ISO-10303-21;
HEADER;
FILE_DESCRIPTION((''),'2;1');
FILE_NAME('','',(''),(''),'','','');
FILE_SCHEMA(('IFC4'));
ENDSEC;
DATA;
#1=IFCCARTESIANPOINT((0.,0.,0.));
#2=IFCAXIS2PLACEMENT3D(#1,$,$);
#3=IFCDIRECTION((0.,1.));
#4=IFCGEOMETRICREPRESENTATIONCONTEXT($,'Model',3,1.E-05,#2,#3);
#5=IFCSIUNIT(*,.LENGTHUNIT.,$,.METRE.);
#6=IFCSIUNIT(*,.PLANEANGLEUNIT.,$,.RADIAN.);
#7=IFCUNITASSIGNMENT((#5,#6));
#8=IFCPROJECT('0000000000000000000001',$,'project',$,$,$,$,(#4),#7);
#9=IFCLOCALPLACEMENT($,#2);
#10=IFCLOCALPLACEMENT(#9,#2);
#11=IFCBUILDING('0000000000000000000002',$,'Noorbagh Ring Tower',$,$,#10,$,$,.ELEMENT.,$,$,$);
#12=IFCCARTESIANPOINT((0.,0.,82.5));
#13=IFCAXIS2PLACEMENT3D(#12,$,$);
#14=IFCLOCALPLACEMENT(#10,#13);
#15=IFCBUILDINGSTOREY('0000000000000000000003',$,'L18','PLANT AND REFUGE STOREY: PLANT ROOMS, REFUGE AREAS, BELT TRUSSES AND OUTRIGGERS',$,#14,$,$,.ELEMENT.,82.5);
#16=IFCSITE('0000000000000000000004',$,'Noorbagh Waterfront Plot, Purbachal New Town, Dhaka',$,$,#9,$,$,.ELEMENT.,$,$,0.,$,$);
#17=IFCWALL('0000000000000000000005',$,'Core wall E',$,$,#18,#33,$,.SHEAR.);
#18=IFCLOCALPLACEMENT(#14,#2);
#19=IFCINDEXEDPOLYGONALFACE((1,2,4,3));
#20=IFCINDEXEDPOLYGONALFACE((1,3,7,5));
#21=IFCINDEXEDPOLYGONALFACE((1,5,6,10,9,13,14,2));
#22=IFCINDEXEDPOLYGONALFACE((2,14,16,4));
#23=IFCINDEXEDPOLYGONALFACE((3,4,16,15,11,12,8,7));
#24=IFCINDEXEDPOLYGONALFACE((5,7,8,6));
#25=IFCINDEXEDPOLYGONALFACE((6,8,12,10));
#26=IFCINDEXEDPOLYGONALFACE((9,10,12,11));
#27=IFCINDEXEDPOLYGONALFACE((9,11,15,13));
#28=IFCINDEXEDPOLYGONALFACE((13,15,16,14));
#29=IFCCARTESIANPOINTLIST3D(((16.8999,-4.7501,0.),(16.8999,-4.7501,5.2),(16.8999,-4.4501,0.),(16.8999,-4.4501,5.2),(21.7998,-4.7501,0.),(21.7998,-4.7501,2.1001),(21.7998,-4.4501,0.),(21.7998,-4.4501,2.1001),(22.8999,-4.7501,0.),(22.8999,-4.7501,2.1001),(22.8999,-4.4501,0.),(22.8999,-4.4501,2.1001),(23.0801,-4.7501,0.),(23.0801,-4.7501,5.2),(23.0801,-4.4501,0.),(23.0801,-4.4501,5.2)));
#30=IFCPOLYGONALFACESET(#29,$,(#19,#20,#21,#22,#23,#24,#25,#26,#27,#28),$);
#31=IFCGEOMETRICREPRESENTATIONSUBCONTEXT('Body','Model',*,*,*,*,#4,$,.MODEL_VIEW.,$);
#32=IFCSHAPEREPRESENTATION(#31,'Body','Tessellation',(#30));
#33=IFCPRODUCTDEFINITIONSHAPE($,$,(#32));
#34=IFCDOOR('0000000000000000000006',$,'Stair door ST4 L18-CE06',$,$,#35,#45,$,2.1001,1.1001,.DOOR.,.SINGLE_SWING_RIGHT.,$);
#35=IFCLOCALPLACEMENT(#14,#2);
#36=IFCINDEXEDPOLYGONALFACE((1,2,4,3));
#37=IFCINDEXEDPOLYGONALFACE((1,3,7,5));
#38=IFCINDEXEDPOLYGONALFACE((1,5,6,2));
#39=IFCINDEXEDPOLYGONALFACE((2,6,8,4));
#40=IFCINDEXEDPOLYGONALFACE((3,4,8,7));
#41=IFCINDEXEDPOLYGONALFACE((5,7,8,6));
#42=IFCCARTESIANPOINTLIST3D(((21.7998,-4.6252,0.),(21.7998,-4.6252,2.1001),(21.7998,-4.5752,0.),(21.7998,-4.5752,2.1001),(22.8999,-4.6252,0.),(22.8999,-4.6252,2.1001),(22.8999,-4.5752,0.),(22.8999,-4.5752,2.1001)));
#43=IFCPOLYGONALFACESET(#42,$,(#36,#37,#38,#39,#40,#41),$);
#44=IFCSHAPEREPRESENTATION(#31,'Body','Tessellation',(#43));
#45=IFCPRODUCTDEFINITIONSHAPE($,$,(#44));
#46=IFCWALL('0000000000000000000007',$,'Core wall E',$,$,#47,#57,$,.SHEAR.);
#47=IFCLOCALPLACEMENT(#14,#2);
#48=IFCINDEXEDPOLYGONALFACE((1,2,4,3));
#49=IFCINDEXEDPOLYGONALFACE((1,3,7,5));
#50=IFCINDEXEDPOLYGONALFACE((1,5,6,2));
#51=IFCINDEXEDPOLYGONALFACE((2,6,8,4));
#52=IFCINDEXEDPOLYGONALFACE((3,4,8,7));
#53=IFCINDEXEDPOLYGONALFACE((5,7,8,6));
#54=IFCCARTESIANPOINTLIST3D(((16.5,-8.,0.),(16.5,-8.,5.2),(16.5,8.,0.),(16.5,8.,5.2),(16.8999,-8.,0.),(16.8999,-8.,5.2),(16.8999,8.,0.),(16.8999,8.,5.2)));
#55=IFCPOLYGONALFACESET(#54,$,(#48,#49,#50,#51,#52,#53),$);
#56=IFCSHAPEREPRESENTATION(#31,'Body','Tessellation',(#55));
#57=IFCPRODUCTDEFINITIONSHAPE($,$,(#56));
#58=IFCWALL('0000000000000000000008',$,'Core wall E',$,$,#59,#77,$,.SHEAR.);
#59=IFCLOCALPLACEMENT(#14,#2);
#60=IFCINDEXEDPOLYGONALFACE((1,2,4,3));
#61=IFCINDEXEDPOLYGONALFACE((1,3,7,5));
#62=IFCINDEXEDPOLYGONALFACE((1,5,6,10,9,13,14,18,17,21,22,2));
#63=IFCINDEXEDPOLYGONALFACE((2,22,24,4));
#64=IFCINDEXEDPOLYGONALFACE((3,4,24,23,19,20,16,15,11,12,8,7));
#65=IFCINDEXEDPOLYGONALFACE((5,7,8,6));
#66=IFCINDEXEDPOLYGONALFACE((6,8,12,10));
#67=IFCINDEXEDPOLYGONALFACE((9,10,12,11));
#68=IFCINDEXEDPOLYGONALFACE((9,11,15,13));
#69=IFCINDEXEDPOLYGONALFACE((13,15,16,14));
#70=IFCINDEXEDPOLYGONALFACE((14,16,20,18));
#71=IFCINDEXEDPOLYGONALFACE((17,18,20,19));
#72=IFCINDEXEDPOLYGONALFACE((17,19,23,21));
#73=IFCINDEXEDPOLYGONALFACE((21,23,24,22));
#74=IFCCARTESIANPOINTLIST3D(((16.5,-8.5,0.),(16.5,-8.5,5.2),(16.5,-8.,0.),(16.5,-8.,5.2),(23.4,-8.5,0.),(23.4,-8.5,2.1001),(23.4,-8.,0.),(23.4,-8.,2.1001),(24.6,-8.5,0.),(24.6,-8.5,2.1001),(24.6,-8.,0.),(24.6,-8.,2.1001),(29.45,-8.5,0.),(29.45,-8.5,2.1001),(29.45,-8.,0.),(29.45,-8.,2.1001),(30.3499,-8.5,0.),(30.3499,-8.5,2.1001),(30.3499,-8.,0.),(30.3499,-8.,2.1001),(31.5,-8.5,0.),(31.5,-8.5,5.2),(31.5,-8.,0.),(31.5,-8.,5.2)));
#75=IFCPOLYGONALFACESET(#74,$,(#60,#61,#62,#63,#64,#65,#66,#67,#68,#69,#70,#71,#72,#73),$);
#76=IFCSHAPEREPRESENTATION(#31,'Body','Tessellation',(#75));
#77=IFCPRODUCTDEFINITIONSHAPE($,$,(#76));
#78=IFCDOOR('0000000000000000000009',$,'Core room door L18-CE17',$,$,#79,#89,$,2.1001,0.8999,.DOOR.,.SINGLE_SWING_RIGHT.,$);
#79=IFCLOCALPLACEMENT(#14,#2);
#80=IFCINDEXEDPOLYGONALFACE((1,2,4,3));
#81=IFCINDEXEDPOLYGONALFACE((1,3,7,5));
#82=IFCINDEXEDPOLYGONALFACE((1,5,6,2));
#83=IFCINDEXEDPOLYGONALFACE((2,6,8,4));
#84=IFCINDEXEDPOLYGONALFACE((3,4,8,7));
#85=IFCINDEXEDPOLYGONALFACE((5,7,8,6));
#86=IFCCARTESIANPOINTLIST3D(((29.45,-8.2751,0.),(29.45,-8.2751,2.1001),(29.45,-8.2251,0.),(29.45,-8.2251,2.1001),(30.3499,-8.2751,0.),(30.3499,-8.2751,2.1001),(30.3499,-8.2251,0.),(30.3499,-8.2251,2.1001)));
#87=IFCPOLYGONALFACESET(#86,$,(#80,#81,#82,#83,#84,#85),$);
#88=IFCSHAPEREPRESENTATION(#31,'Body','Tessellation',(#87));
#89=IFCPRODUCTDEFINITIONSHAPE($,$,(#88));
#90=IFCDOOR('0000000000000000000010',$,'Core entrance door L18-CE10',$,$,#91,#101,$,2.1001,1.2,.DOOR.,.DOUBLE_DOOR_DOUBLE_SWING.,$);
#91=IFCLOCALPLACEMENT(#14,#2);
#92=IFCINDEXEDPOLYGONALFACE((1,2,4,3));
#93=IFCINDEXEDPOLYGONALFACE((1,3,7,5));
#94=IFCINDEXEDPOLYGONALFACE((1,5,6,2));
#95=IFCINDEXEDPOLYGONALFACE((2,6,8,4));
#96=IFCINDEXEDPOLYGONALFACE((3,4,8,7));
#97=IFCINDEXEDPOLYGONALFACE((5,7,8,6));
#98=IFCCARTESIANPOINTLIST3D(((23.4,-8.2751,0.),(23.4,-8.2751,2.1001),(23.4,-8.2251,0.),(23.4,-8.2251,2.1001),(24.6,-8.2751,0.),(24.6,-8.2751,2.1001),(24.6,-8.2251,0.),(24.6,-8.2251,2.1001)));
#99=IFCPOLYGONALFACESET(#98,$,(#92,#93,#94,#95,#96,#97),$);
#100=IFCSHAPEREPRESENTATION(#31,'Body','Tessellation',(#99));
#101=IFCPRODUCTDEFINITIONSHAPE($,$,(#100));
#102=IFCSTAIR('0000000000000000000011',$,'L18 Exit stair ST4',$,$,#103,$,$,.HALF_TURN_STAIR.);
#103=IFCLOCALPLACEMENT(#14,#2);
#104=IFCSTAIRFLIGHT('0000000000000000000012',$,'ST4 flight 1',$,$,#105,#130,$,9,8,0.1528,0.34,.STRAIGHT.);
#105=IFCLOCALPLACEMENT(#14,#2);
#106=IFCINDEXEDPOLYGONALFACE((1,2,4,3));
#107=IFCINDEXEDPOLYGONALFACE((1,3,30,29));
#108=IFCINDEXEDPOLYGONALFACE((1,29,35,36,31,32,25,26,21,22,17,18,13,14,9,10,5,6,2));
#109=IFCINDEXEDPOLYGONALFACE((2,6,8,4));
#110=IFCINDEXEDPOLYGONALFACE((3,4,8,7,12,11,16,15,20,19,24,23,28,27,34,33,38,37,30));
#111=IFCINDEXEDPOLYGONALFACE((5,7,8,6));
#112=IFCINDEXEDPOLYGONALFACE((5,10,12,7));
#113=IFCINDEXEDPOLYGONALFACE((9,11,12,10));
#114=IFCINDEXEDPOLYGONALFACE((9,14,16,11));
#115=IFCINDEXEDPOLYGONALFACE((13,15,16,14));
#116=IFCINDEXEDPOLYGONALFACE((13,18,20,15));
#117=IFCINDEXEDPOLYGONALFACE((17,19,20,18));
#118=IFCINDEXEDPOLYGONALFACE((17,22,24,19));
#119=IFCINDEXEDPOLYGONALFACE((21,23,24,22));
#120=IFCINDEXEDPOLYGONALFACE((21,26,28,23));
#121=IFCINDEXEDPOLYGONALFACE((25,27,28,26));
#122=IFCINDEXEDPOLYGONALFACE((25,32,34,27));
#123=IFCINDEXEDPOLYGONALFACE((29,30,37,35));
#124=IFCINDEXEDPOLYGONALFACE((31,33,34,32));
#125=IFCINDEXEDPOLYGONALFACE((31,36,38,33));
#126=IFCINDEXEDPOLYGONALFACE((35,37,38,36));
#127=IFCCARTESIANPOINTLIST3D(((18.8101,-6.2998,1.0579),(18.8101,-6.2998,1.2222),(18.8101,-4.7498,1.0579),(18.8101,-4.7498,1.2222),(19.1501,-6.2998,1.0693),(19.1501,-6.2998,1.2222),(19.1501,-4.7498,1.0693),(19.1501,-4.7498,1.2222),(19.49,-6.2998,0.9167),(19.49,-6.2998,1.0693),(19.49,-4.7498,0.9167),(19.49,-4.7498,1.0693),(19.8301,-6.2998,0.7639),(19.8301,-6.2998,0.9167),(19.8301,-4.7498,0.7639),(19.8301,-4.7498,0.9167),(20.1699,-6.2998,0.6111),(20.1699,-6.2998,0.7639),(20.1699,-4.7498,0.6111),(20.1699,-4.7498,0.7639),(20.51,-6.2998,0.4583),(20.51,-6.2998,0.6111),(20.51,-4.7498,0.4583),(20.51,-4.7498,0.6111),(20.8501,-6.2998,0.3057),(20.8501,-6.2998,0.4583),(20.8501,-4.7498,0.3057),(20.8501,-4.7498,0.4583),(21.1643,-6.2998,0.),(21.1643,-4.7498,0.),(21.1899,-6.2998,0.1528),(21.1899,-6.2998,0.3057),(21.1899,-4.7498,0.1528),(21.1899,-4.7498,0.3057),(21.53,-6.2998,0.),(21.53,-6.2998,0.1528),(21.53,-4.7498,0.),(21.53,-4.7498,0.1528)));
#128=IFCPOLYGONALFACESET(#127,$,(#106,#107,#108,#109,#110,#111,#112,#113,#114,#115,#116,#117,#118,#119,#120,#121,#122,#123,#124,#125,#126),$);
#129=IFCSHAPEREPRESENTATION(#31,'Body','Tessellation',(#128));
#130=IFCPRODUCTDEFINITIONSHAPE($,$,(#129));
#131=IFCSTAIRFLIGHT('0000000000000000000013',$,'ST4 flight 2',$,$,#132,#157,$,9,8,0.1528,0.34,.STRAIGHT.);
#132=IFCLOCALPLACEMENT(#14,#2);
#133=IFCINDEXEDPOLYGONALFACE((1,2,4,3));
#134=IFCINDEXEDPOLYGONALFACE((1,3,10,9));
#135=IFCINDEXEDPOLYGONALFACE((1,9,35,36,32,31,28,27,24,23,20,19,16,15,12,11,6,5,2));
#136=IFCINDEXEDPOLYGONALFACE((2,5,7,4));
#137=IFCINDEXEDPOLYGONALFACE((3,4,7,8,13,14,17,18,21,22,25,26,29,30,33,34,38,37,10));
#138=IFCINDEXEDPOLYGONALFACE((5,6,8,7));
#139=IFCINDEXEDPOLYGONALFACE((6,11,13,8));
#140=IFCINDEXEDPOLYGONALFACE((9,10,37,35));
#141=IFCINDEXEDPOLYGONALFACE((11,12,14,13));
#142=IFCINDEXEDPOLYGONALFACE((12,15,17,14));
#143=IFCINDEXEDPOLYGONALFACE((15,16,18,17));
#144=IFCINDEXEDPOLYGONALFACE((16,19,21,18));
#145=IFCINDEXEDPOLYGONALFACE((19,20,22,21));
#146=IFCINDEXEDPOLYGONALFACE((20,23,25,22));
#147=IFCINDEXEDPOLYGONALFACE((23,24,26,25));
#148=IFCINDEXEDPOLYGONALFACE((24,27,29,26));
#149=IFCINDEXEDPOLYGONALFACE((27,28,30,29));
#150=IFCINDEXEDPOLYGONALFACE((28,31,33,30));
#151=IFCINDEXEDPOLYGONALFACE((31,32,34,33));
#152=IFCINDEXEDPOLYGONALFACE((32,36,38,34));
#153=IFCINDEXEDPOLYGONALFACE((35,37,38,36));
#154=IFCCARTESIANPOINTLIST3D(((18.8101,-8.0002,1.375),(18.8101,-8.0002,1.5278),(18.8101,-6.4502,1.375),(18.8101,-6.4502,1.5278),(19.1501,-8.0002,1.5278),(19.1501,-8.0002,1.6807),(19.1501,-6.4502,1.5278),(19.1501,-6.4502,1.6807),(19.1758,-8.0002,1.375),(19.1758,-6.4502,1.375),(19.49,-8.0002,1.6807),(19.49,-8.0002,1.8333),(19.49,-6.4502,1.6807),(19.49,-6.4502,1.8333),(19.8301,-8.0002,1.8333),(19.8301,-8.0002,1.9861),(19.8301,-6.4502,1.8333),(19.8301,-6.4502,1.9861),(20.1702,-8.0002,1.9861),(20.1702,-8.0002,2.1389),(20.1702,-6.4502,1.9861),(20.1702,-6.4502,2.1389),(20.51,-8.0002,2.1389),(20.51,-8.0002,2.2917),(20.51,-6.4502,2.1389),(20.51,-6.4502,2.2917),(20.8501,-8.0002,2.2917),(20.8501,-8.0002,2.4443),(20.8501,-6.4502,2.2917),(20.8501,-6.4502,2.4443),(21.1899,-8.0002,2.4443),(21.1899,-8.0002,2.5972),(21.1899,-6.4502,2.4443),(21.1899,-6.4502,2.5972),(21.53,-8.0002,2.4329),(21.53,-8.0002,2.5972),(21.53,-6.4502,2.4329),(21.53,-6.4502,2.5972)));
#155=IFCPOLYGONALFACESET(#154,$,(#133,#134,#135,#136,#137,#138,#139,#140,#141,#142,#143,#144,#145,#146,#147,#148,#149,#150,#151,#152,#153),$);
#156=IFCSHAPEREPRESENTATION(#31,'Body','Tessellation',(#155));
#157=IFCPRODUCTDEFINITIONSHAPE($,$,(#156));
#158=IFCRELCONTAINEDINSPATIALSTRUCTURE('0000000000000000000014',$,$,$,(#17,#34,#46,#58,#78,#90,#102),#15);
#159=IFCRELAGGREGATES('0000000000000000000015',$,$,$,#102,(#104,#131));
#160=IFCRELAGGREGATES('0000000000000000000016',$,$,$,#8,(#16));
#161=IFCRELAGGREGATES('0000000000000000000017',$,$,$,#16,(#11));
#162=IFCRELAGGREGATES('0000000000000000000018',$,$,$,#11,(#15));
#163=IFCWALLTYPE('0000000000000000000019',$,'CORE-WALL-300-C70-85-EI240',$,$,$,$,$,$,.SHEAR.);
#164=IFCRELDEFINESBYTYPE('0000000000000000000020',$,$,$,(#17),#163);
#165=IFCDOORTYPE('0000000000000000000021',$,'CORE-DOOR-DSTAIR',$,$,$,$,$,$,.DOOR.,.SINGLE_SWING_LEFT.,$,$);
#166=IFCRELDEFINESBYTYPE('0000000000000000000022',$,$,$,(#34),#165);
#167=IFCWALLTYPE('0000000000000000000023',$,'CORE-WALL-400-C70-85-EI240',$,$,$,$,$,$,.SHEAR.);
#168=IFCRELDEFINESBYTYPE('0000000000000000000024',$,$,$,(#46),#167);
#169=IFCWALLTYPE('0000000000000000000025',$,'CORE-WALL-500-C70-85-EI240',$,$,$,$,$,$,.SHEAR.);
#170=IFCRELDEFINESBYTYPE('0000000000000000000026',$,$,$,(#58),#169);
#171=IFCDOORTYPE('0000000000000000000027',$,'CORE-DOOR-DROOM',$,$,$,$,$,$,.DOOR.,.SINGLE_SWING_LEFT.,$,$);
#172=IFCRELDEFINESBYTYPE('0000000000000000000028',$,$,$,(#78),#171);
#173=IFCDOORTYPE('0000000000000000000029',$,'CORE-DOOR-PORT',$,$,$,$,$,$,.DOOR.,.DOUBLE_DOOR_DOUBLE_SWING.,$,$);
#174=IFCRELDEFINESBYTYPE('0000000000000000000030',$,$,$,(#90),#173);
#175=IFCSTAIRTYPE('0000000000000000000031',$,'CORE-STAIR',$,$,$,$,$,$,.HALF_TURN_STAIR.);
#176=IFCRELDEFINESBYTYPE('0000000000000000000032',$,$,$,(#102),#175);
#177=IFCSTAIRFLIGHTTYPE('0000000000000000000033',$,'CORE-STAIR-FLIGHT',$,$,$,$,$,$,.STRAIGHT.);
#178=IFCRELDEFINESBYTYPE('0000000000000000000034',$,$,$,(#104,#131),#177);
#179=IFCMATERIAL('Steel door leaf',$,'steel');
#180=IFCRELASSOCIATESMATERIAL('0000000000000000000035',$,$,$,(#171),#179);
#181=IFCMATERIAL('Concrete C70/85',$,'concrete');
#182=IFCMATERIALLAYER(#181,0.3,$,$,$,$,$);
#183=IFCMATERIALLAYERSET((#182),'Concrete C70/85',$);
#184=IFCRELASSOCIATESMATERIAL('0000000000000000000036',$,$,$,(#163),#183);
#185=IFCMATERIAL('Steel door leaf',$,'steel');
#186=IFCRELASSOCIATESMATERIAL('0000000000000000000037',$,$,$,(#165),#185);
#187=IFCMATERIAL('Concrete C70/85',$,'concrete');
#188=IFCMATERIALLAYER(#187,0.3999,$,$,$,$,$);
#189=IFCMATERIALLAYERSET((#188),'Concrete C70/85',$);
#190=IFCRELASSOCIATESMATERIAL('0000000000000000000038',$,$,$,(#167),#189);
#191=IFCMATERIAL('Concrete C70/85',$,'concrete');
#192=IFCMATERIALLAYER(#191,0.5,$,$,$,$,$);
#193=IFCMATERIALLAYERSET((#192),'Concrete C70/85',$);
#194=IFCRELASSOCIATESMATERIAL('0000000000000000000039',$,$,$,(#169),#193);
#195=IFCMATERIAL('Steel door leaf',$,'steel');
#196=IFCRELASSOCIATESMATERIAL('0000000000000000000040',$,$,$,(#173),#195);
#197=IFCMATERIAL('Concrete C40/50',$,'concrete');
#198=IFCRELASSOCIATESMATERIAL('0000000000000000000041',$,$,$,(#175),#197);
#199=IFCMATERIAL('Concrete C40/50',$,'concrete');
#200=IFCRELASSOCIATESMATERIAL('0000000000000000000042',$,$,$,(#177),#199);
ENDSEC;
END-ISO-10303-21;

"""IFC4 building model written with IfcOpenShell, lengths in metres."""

from ifc_helpers import new_model, si_unit, direction, frame, frame_2d, origin, place, context, subcontext, project, spatial, polyline, rectangle, outline, extrude, material, layer, layer_set, type_object, element, fill, aggregate, save


model = new_model("IFC4")

# Units and contexts
model_context = context("Model", 3, precision=1e-05, world=origin(), true_north=direction((0.0, 1.0)))
body_context = subcontext(model_context, "Body", "Model", "MODEL_VIEW")
ifc_project = project(units=[si_unit("LENGTHUNIT", "METRE"), si_unit("PLANEANGLEUNIT", "RADIAN")], contexts=[model_context])

# Site, building, storey
site_placement = place(None, origin())
site = spatial("IfcSite", under=ifc_project, at=site_placement, Name="Noorbagh Waterfront Plot, Purbachal New Town, Dhaka", CompositionType="ELEMENT", RefElevation=0.0)
building_placement = place(site_placement, origin())
building = spatial("IfcBuilding", under=site, at=building_placement, Name="Noorbagh Ring Tower", CompositionType="ELEMENT")
storey_placement = place(building_placement, frame((0.0, 0.0, 82.5)))
storey = spatial("IfcBuildingStorey", under=building, at=storey_placement, Name="L18", Description="PLANT AND REFUGE STOREY: PLANT ROOMS, REFUGE AREAS, BELT TRUSSES AND OUTRIGGERS", CompositionType="ELEMENT", Elevation=82.5)

# Shared definitions
ifc_material_1 = material(Name="Steel door leaf", Category="steel")
door_type_1 = type_object("IfcDoorType", Name="CORE-DOOR-DROOM", OperationType="SINGLE_SWING_LEFT", PredefinedType="DOOR", material=ifc_material_1)

# Wall, opening, door
ifc_material_2 = material(Name="Concrete C70/85", Category="concrete")
ifc_layer_1 = layer(ifc_material_2, 0.3)
ifc_layer_set_1 = layer_set([ifc_layer_1], Name="Concrete C70/85")
wall_type_1 = type_object("IfcWallType", Name="CORE-WALL-300-C70-85-EI240", PredefinedType="SHEAR", material=ifc_layer_set_1)
wall_1_placement = place(storey_placement, frame((16.8999, -4.6001, 0.0), z_axis=(0.0, 0.0, 1.0), x_axis=(1.0, 0.0, 0.0)))
wall_1 = element("IfcWall", 1, at=wall_1_placement, inside=storey, type_object=wall_type_1, Name="Core wall E", PredefinedType="SHEAR", context=body_context, shape_type="SweptSolid", body=[
    extrude(rectangle(XDim=6.1802, YDim=0.3, at=frame_2d((3.0901, 0.0))), origin(), (0.0, 0.0, 1.0), 5.2),
])
opening_1_placement = place(wall_1_placement, frame((4.8999, 0.0, 0.0)))
opening_1 = element("IfcOpeningElement", 2, at=opening_1_placement, cuts=wall_1, PredefinedType="OPENING", context=body_context, shape_type="SweptSolid", body=[
    extrude(rectangle(XDim=1.1001, YDim=2.1001, at=frame_2d((0.55, 1.05))), frame((0.0, 0.1602, 0.0), z_axis=(0.0, -1.0, 0.0), x_axis=(1.0, 0.0, 0.0)), (0.0, 0.0, 1.0), 0.3201),
])
ifc_material_3 = material(Name="Steel door leaf", Category="steel")
door_type_2 = type_object("IfcDoorType", Name="CORE-DOOR-DSTAIR", OperationType="SINGLE_SWING_LEFT", PredefinedType="DOOR", material=ifc_material_3)
door_1_placement = place(opening_1_placement, origin())
door_1 = element("IfcDoor", 3, at=door_1_placement, inside=storey, type_object=door_type_2, Name="Stair door ST4 L18-CE06", OperationType="SINGLE_SWING_RIGHT", OverallHeight=2.1001, OverallWidth=1.1001, PredefinedType="DOOR", context=body_context, shape_type="SweptSolid", body=[
    extrude(rectangle(XDim=1.1001, YDim=2.1001, at=frame_2d((0.55, 1.05))), frame((0.0, 0.0249, 0.0), z_axis=(0.0, -1.0, 0.0), x_axis=(1.0, 0.0, 0.0)), (0.0, 0.0, 1.0), 0.05),
])
fill(opening_1, door_1)

# Wall
ifc_material_4 = material(Name="Concrete C70/85", Category="concrete")
ifc_layer_2 = layer(ifc_material_4, 0.3999)
ifc_layer_set_2 = layer_set([ifc_layer_2], Name="Concrete C70/85")
wall_type_2 = type_object("IfcWallType", Name="CORE-WALL-400-C70-85-EI240", PredefinedType="SHEAR", material=ifc_layer_set_2)
wall_2_placement = place(storey_placement, frame((16.7, -8.0, 0.0), z_axis=(0.0, 0.0, 1.0), x_axis=(0.0, 1.0, 0.0)))
element("IfcWall", 4, at=wall_2_placement, inside=storey, type_object=wall_type_2, Name="Core wall E", PredefinedType="SHEAR", context=body_context, shape_type="SweptSolid", body=[
    extrude(rectangle(XDim=16.0, YDim=0.3999, at=frame_2d((8.0, 0.0))), origin(), (0.0, 0.0, 1.0), 5.2),
])

# Wall, openings, doors
ifc_material_5 = material(Name="Concrete C70/85", Category="concrete")
ifc_layer_3 = layer(ifc_material_5, 0.5)
ifc_layer_set_3 = layer_set([ifc_layer_3], Name="Concrete C70/85")
wall_type_3 = type_object("IfcWallType", Name="CORE-WALL-500-C70-85-EI240", PredefinedType="SHEAR", material=ifc_layer_set_3)
wall_3_placement = place(storey_placement, frame((16.5, -8.25, 0.0), z_axis=(0.0, 0.0, 1.0), x_axis=(1.0, 0.0, 0.0)))
wall_3 = element("IfcWall", 5, at=wall_3_placement, inside=storey, type_object=wall_type_3, Name="Core wall E", PredefinedType="SHEAR", context=body_context, shape_type="SweptSolid", body=[
    extrude(rectangle(XDim=15.0, YDim=0.5, at=frame_2d((7.5, 0.0))), origin(), (0.0, 0.0, 1.0), 5.2),
])
opening_2_placement = place(wall_3_placement, frame((6.8999, 0.0, 0.0)))
opening_2 = element("IfcOpeningElement", 6, at=opening_2_placement, cuts=wall_3, PredefinedType="OPENING", context=body_context, shape_type="SweptSolid", body=[
    extrude(rectangle(XDim=1.2, YDim=2.1001, at=frame_2d((0.6001, 1.05))), frame((0.0, 0.26, 0.0), z_axis=(0.0, -1.0, 0.0), x_axis=(1.0, 0.0, 0.0)), (0.0, 0.0, 1.0), 0.52),
])
opening_3_placement = place(wall_3_placement, frame((12.95, 0.0, 0.0)))
opening_3 = element("IfcOpeningElement", 7, at=opening_3_placement, cuts=wall_3, PredefinedType="OPENING", context=body_context, shape_type="SweptSolid", body=[
    extrude(rectangle(XDim=0.8999, YDim=2.1001, at=frame_2d((0.45, 1.05))), frame((0.0, 0.26, 0.0), z_axis=(0.0, -1.0, 0.0), x_axis=(1.0, 0.0, 0.0)), (0.0, 0.0, 1.0), 0.52),
])
door_2_placement = place(opening_3_placement, origin())
door_2 = element("IfcDoor", 8, at=door_2_placement, inside=storey, type_object=door_type_1, Name="Core room door L18-CE17", OperationType="SINGLE_SWING_RIGHT", OverallHeight=2.1001, OverallWidth=0.8999, PredefinedType="DOOR", context=body_context, shape_type="SweptSolid", body=[
    extrude(rectangle(XDim=0.8999, YDim=2.1001, at=frame_2d((0.45, 1.05))), frame((0.0, 0.0249, 0.0), z_axis=(0.0, -1.0, 0.0), x_axis=(1.0, 0.0, 0.0)), (0.0, 0.0, 1.0), 0.05),
])
fill(opening_3, door_2)
ifc_material_6 = material(Name="Steel door leaf", Category="steel")
door_type_3 = type_object("IfcDoorType", Name="CORE-DOOR-PORT", OperationType="DOUBLE_DOOR_DOUBLE_SWING", PredefinedType="DOOR", material=ifc_material_6)
door_3_placement = place(opening_2_placement, origin())
door_3 = element("IfcDoor", 9, at=door_3_placement, inside=storey, type_object=door_type_3, Name="Core entrance door L18-CE10", OperationType="DOUBLE_DOOR_DOUBLE_SWING", OverallHeight=2.1001, OverallWidth=1.2, PredefinedType="DOOR", context=body_context, shape_type="SweptSolid", body=[
    extrude(rectangle(XDim=1.2, YDim=2.1001, at=frame_2d((0.6001, 1.05))), frame((0.0, 0.0249, 0.0), z_axis=(0.0, -1.0, 0.0), x_axis=(1.0, 0.0, 0.0)), (0.0, 0.0, 1.0), 0.05),
])
fill(opening_2, door_3)

# Stair, stair flights
ifc_material_7 = material(Name="Concrete C40/50", Category="concrete")
stair_type = type_object("IfcStairType", Name="CORE-STAIR", PredefinedType="HALF_TURN_STAIR", material=ifc_material_7)
stair_placement = place(storey_placement, origin())
stair = element("IfcStair", 10, at=stair_placement, inside=storey, type_object=stair_type, Name="L18 Exit stair ST4", PredefinedType="HALF_TURN_STAIR")
ifc_material_8 = material(Name="Concrete C40/50", Category="concrete")
stair_flight_type = type_object("IfcStairFlightType", Name="CORE-STAIR-FLIGHT", PredefinedType="STRAIGHT", material=ifc_material_8)
stair_flight_1_placement = place(storey_placement, frame((21.53, -5.5249, 0.0), z_axis=(0.0, 0.0, 1.0), x_axis=(-1.0, 0.0, 0.0)))
stair_flight_1 = element("IfcStairFlight", 11, at=stair_flight_1_placement, type_object=stair_flight_type, Name="ST4 flight 1", NumberOfRisers=9, NumberOfTreads=8, PredefinedType="STRAIGHT", RiserHeight=0.1528, TreadLength=0.34, context=body_context, shape_type="SweptSolid", body=[
    extrude(outline(polyline([(0.0, 0.0), (0.0, 0.1528), (0.3401, 0.1528), (0.3401, 0.3057), (0.6799, 0.3057), (0.6799, 0.4583), (1.02, 0.4583), (1.02, 0.6111), (1.3601, 0.6111), (1.3601, 0.7639), (1.7, 0.7639), (1.7, 0.9167), (2.04, 0.9167), (2.04, 1.0693), (2.3799, 1.0693), (2.3799, 1.2222), (2.72, 1.2222), (2.72, 1.375), (2.72, 1.0579), (0.3657, 0.0), (0.0, 0.0)])), frame((0.0, 0.7749, 0.0), z_axis=(0.0, -1.0, 0.0), x_axis=(1.0, 0.0, 0.0)), (0.0, 0.0, 1.0), 1.55),
])
stair_flight_2_placement = place(storey_placement, frame((18.8101, -7.2251, 1.375), z_axis=(0.0, 0.0, 1.0), x_axis=(1.0, 0.0, 0.0)))
stair_flight_2 = element("IfcStairFlight", 12, at=stair_flight_2_placement, type_object=stair_flight_type, Name="ST4 flight 2", NumberOfRisers=9, NumberOfTreads=8, PredefinedType="STRAIGHT", RiserHeight=0.1528, TreadLength=0.34, context=body_context, shape_type="SweptSolid", body=[
    extrude(outline(polyline([(0.0, 0.0), (0.0, 0.1528), (0.3401, 0.1528), (0.3401, 0.3057), (0.6799, 0.3057), (0.6799, 0.4583), (1.02, 0.4583), (1.02, 0.6111), (1.3601, 0.6111), (1.3601, 0.7639), (1.7, 0.7639), (1.7, 0.9167), (2.04, 0.9167), (2.04, 1.0693), (2.3799, 1.0693), (2.3799, 1.2222), (2.72, 1.2222), (2.72, 1.375), (2.72, 1.0579), (0.3657, 0.0), (0.0, 0.0)])), frame((0.0, 0.7749, 0.0), z_axis=(0.0, -1.0, 0.0), x_axis=(1.0, 0.0, 0.0)), (0.0, 0.0, 1.0), 1.55),
])
aggregate(stair, [stair_flight_1, stair_flight_2])

save(model, "model.ifc")
